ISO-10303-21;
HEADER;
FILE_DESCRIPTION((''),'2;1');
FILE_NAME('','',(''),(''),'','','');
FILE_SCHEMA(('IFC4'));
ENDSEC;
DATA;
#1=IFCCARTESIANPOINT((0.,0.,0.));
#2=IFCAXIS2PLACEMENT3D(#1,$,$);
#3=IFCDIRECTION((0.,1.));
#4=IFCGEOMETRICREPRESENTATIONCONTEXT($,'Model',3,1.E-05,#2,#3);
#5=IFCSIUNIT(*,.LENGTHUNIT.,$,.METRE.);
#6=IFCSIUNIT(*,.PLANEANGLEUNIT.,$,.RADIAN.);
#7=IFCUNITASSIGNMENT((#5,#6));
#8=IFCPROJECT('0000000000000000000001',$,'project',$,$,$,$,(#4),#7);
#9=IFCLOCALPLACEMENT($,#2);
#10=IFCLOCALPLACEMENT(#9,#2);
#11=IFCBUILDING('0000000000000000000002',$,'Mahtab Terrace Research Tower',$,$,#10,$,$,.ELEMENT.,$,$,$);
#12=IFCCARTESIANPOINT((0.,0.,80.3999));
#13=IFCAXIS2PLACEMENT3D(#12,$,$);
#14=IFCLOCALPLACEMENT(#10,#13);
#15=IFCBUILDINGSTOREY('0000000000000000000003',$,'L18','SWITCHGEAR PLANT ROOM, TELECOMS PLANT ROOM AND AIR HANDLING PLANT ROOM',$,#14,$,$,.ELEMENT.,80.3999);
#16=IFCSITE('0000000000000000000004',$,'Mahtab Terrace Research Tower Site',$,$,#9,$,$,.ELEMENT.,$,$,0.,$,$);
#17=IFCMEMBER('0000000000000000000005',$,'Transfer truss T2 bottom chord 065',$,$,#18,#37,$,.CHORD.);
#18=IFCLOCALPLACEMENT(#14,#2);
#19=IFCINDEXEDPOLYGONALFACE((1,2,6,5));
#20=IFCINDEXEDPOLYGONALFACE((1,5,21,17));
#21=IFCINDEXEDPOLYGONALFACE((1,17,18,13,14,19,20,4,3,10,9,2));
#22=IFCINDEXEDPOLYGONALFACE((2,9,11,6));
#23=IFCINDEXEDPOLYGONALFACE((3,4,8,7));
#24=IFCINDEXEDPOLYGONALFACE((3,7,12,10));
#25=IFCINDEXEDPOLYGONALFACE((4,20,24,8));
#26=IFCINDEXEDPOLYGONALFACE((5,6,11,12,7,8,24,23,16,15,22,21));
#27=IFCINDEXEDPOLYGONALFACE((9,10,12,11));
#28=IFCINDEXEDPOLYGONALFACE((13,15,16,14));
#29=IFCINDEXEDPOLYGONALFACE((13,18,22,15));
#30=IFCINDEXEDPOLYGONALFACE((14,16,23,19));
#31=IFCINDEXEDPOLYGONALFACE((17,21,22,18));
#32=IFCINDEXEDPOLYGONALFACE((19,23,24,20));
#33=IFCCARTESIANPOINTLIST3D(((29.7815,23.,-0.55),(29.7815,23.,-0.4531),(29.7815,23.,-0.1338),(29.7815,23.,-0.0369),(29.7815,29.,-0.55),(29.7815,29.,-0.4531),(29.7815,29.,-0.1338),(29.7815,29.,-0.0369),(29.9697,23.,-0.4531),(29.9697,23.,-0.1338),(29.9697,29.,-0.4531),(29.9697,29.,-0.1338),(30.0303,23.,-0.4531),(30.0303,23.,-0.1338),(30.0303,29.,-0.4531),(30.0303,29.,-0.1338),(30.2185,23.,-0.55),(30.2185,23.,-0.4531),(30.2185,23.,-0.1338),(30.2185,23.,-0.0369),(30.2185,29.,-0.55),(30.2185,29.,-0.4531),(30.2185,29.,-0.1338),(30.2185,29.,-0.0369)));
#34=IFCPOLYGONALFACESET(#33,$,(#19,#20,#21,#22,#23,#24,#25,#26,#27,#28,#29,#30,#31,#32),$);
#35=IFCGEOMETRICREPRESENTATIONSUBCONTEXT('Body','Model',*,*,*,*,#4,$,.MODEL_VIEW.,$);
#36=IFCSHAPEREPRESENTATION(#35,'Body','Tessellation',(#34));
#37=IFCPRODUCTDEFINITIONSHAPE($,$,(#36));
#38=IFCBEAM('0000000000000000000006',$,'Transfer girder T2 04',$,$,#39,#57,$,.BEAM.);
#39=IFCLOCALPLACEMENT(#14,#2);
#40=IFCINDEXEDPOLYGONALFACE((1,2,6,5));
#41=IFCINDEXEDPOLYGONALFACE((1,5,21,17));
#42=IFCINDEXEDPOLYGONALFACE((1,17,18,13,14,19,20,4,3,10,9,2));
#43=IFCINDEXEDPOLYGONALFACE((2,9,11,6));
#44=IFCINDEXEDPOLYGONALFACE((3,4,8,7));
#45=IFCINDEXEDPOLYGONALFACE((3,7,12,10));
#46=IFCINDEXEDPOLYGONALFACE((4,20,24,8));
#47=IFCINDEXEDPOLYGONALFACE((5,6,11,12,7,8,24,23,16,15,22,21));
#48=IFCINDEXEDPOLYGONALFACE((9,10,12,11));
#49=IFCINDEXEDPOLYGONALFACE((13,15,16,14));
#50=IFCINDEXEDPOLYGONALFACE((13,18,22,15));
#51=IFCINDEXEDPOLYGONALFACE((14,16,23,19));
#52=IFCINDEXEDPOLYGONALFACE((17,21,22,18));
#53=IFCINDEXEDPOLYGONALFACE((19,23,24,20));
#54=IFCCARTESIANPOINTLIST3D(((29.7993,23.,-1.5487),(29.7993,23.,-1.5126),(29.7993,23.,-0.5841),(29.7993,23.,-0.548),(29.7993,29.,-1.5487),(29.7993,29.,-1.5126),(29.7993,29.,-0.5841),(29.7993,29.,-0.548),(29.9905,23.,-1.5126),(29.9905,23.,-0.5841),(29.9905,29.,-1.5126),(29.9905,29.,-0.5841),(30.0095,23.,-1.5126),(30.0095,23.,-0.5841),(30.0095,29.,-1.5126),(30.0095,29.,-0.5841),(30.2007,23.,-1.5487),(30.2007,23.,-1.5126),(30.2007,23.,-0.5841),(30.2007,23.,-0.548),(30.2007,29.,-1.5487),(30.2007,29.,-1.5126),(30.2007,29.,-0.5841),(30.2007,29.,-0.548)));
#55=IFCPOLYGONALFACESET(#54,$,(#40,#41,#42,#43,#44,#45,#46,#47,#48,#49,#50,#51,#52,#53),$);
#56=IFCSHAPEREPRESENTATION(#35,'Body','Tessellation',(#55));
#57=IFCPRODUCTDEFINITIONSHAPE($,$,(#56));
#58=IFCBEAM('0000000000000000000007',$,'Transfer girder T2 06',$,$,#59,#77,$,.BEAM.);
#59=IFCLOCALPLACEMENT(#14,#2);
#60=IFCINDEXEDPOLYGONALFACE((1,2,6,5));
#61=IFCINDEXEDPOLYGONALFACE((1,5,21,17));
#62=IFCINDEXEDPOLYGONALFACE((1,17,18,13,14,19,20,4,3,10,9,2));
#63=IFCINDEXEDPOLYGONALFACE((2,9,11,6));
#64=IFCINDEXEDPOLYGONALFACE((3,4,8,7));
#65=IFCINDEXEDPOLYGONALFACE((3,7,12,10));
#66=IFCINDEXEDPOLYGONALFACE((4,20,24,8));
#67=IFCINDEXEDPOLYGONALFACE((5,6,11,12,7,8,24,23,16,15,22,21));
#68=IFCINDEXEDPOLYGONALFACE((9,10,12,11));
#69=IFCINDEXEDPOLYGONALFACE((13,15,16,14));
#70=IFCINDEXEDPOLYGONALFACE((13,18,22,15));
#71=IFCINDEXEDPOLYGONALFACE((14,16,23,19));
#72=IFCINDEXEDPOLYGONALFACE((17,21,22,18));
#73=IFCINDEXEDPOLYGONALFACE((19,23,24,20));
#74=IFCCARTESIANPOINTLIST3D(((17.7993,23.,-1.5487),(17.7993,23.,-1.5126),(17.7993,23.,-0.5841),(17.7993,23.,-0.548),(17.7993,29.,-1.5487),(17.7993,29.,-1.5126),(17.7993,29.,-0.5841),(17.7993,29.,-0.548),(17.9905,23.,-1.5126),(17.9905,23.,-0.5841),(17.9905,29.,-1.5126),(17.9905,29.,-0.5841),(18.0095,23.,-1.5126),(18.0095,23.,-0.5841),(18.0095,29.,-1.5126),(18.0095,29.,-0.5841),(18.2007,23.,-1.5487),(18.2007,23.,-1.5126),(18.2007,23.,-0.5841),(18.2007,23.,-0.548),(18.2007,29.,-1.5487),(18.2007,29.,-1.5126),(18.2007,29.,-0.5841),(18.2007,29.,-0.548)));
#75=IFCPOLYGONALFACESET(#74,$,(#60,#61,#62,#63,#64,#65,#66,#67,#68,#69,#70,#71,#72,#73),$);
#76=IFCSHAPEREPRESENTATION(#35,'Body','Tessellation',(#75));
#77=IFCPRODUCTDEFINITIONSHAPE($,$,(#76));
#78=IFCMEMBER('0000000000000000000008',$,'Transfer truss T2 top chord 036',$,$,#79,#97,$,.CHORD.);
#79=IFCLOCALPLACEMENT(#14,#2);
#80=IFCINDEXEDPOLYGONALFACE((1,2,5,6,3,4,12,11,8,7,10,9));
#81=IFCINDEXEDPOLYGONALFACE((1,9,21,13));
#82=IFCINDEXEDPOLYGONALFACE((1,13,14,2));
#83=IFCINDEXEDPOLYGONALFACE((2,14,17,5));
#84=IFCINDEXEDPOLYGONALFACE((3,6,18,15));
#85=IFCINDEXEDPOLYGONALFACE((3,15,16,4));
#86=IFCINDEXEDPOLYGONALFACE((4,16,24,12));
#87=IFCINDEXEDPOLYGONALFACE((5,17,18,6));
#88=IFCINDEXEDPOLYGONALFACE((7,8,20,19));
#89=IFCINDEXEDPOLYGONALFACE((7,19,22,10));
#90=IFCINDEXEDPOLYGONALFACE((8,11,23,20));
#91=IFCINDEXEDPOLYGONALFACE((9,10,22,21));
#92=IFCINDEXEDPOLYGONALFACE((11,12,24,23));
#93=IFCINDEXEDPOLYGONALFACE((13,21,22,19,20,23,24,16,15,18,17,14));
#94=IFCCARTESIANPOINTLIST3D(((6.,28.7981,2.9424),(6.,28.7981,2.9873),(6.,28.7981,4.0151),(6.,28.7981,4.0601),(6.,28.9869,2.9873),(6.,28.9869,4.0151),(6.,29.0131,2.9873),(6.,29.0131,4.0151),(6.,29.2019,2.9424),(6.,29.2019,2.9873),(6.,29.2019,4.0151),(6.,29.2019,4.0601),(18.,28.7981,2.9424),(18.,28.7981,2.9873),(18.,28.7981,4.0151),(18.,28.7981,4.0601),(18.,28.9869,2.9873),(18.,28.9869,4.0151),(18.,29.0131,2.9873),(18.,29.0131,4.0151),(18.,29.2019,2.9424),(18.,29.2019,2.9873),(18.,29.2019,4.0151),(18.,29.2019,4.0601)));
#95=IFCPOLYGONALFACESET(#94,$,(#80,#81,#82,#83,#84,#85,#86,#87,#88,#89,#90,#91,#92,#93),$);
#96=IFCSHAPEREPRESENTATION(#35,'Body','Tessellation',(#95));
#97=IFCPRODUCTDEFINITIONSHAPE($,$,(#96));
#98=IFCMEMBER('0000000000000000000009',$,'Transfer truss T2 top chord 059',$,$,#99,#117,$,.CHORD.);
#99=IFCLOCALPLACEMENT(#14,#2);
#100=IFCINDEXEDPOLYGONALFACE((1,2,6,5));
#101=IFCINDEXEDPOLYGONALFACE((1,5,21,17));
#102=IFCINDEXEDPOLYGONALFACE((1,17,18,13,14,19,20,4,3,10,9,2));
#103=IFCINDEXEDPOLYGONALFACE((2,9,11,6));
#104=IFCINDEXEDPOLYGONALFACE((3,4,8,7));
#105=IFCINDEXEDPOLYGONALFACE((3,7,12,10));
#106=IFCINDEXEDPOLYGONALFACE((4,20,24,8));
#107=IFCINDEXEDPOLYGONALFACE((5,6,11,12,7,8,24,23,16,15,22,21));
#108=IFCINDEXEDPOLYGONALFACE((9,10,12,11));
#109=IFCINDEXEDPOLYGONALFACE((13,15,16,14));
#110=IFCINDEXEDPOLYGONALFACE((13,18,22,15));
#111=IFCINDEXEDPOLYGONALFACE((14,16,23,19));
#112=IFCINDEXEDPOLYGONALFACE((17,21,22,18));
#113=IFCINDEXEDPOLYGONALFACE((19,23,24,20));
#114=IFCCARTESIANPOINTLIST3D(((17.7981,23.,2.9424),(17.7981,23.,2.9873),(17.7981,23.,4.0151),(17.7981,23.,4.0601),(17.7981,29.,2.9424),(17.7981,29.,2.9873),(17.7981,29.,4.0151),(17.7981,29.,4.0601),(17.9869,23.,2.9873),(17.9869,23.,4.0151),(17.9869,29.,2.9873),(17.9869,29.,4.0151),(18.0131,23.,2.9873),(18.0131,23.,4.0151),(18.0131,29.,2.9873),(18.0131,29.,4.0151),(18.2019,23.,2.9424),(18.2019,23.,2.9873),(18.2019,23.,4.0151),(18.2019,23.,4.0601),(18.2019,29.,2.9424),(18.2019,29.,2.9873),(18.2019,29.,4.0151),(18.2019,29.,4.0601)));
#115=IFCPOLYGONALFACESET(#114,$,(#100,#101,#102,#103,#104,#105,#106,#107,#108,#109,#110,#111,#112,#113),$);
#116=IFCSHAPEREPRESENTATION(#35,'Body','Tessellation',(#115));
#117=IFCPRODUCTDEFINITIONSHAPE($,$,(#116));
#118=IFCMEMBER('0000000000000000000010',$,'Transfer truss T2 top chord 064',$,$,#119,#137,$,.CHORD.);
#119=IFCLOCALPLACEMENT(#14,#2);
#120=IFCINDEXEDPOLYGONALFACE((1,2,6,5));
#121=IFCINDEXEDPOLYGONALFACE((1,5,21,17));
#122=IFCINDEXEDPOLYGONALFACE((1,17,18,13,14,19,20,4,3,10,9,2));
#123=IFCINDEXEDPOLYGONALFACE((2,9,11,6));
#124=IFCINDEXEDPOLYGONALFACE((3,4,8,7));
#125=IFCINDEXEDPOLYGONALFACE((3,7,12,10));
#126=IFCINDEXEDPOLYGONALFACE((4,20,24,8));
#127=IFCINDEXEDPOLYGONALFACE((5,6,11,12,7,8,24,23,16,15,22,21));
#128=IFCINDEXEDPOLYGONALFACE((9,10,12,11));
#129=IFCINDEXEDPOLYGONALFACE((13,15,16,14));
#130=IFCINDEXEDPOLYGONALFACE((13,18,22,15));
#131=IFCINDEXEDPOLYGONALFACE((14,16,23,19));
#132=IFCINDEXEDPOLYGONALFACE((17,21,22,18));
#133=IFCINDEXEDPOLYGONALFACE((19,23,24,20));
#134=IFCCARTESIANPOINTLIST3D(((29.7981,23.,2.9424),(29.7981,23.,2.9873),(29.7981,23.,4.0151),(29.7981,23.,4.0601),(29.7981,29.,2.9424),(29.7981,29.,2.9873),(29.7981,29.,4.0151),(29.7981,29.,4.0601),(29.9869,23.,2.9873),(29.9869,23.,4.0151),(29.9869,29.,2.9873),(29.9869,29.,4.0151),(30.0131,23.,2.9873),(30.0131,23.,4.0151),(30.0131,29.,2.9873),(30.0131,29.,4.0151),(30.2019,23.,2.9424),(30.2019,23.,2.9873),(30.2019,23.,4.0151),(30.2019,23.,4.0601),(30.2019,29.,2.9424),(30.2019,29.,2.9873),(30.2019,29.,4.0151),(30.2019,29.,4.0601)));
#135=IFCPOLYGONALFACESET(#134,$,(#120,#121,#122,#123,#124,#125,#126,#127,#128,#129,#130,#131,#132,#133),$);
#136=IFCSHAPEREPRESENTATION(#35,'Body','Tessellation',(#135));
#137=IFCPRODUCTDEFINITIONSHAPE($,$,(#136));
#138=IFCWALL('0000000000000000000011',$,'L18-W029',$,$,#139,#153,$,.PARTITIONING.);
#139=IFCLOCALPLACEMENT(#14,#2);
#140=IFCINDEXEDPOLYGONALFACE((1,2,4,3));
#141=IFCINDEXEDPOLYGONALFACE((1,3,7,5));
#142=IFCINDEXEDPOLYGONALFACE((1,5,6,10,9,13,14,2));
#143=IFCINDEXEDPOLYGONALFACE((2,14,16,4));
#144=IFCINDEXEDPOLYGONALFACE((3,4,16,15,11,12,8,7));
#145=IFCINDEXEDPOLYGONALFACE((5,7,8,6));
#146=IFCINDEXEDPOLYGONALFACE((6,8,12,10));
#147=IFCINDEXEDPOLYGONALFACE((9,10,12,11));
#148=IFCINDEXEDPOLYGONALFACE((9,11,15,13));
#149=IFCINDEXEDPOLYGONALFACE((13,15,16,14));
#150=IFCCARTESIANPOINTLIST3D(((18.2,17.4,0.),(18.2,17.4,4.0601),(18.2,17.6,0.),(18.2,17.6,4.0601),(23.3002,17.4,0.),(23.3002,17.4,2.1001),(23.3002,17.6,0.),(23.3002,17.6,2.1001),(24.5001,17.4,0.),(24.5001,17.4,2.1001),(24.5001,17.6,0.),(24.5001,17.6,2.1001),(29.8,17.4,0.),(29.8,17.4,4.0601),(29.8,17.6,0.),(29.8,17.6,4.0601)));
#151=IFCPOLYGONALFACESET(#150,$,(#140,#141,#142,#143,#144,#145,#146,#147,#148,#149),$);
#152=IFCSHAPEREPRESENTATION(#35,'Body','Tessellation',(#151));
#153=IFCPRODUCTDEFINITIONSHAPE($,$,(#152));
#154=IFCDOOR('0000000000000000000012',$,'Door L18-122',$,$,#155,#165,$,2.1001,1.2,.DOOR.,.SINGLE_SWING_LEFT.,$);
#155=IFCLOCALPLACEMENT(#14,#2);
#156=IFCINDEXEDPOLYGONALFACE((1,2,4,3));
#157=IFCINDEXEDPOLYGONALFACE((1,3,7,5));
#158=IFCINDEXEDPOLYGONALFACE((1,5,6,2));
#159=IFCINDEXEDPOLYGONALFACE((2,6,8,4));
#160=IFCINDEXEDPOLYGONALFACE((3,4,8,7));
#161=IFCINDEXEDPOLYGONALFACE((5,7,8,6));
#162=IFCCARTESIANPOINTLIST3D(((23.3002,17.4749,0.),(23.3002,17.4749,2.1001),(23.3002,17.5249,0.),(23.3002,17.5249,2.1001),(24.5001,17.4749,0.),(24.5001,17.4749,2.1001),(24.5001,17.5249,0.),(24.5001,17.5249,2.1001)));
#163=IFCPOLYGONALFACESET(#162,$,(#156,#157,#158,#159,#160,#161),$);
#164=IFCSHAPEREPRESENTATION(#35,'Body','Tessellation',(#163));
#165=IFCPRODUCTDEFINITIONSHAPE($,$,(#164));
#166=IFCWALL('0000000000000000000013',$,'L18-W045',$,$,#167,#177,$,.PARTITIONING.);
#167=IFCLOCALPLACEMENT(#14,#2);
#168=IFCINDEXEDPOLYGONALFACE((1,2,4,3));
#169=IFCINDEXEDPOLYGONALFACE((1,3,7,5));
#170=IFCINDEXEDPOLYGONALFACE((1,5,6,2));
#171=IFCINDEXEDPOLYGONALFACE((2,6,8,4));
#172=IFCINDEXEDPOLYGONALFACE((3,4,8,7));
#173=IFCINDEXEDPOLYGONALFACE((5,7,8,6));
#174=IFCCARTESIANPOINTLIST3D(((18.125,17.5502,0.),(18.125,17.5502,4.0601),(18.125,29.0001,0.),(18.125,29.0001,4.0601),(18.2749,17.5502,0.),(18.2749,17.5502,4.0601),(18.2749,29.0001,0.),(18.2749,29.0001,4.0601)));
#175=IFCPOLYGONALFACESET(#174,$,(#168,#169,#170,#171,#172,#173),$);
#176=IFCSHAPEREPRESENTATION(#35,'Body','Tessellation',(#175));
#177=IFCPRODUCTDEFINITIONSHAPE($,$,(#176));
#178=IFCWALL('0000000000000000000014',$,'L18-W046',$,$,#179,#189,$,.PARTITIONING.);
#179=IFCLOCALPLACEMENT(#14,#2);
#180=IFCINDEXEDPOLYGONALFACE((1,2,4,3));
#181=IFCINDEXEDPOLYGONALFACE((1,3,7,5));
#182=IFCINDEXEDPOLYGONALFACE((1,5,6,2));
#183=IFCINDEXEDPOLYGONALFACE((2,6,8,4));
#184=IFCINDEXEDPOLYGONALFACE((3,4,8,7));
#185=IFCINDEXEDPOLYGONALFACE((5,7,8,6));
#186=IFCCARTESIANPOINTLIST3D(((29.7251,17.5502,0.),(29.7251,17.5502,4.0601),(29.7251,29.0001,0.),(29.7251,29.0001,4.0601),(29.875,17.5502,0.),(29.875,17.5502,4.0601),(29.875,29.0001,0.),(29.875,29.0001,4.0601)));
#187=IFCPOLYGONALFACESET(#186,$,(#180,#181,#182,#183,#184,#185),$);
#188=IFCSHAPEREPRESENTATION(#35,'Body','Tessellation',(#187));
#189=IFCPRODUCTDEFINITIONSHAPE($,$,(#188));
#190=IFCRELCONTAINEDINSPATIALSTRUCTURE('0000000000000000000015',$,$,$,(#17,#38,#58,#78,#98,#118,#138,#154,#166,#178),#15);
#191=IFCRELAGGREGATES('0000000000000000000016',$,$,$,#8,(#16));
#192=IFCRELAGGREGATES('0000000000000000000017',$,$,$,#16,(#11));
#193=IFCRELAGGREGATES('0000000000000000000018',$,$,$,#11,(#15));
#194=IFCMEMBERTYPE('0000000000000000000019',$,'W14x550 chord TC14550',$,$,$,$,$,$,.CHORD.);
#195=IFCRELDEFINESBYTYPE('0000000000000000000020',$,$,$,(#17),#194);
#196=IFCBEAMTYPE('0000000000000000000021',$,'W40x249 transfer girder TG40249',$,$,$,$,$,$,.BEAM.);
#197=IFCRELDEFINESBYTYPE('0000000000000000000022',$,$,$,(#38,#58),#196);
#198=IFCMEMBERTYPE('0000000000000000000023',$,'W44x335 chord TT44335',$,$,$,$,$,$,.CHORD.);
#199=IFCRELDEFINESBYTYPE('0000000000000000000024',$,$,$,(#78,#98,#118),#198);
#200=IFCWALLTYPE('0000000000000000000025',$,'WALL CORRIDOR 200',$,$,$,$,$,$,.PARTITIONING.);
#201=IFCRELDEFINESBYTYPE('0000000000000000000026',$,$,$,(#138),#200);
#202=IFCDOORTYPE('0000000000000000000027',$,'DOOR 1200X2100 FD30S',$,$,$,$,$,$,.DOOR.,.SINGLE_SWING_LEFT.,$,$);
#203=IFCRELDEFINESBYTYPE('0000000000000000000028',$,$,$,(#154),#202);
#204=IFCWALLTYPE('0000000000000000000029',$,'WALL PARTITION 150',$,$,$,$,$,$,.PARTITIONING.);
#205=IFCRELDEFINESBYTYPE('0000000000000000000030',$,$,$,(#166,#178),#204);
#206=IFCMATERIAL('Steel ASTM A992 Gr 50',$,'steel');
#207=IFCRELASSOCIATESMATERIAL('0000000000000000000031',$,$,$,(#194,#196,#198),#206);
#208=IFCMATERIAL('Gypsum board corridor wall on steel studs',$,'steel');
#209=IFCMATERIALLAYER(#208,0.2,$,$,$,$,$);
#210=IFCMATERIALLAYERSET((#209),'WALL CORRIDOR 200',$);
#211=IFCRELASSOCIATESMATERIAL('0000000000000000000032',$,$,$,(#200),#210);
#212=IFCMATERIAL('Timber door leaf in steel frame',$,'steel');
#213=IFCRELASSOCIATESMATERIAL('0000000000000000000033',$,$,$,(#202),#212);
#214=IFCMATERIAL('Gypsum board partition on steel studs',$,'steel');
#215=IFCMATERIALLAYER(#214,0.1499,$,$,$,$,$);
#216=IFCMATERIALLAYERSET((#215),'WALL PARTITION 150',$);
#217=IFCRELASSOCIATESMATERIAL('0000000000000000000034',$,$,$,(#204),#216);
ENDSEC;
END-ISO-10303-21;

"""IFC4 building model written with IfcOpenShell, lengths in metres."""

from ifc_helpers import new_model, si_unit, direction, frame, frame_2d, origin, origin_2d, place, context, subcontext, project, spatial, rectangle, i_section, extrude, material, layer, layer_set, material_profile, profile_set, type_object, element, fill, save


model = new_model("IFC4")

# Units and contexts
model_context = context("Model", 3, precision=1e-05, world=origin(), true_north=direction((0.0, 1.0)))
body_context = subcontext(model_context, "Body", "Model", "MODEL_VIEW")
ifc_project = project(units=[si_unit("LENGTHUNIT", "METRE"), si_unit("PLANEANGLEUNIT", "RADIAN")], contexts=[model_context])

# Site, building, storey
site_placement = place(None, origin())
site = spatial("IfcSite", under=ifc_project, at=site_placement, Name="Mahtab Terrace Research Tower Site", CompositionType="ELEMENT", RefElevation=0.0)
building_placement = place(site_placement, origin())
building = spatial("IfcBuilding", under=site, at=building_placement, Name="Mahtab Terrace Research Tower", CompositionType="ELEMENT")
storey_placement = place(building_placement, frame((0.0, 0.0, 80.3999)))
storey = spatial("IfcBuildingStorey", under=building, at=storey_placement, Name="L18", Description="SWITCHGEAR PLANT ROOM, TELECOMS PLANT ROOM AND AIR HANDLING PLANT ROOM", CompositionType="ELEMENT", Elevation=80.3999)

# Shared definitions
ifc_material_1 = material(Name="Steel ASTM A992 Gr 50", Category="steel")

# Member
ifc_material_profile_1 = material_profile(ifc_material_1, i_section(OverallWidth=0.437, OverallDepth=0.5132, WebThickness=0.0605, FlangeThickness=0.0969, at=origin_2d()), Name="W14X550")
ifc_profile_set_1 = profile_set([ifc_material_profile_1], Name="Steel ASTM A992 Gr 50")
member_type_1 = type_object("IfcMemberType", Name="W14x550 chord TC14550", PredefinedType="CHORD", material=ifc_profile_set_1)
member_1_placement = place(storey_placement, frame((30.0, 23.0, -0.2935), z_axis=(0.0, 1.0, 0.0), x_axis=(-1.0, 0.0, 0.0)))
element("IfcMember", 1, at=member_1_placement, inside=storey, type_object=member_type_1, Name="Transfer truss T2 bottom chord 065", PredefinedType="CHORD", context=body_context, shape_type="SweptSolid", body=[
    extrude(i_section(OverallWidth=0.437, OverallDepth=0.5132, WebThickness=0.0605, FlangeThickness=0.0969, at=origin_2d()), origin(), (0.0, 0.0, 1.0), 6.0),
])

# Beams
ifc_material_profile_2 = material_profile(ifc_material_1, i_section(OverallWidth=0.4014, OverallDepth=1.0007, WebThickness=0.019, FlangeThickness=0.0361, at=origin_2d()), Name="W40X249")
ifc_profile_set_2 = profile_set([ifc_material_profile_2], Name="Steel ASTM A992 Gr 50")
beam_type = type_object("IfcBeamType", Name="W40x249 transfer girder TG40249", PredefinedType="BEAM", material=ifc_profile_set_2)
for number, where, z_axis, x_axis, name in (
    (2, (30.0, 23.0, -1.0483), (0.0, 1.0, 0.0), (-1.0, 0.0, 0.0), "Transfer girder T2 04"),
    (3, (18.0, 23.0, -1.0483), (0.0, 1.0, 0.0), (-1.0, 0.0, 0.0), "Transfer girder T2 06"),
):
    element("IfcBeam", number, at=place(storey_placement, frame(where, z_axis=z_axis, x_axis=x_axis)), inside=storey, type_object=beam_type, Name=name, PredefinedType="BEAM", context=body_context, shape_type="SweptSolid", body=[
        extrude(i_section(OverallWidth=0.4014, OverallDepth=1.0007, WebThickness=0.019, FlangeThickness=0.0361, at=origin_2d()), origin(), (0.0, 0.0, 1.0), 6.0),
    ])

# Members
ifc_material_profile_3 = material_profile(ifc_material_1, i_section(OverallWidth=0.4038, OverallDepth=1.1177, WebThickness=0.0261, FlangeThickness=0.0449, at=origin_2d()), Name="W44X335")
ifc_profile_set_3 = profile_set([ifc_material_profile_3], Name="Steel ASTM A992 Gr 50")
member_type_2 = type_object("IfcMemberType", Name="W44x335 chord TT44335", PredefinedType="CHORD", material=ifc_profile_set_3)
member_2_placement = place(storey_placement, frame((18.0, 29.0, 3.5012), z_axis=(-1.0, 0.0, 0.0), x_axis=(0.0, -1.0, 0.0)))
element("IfcMember", 4, at=member_2_placement, inside=storey, type_object=member_type_2, Name="Transfer truss T2 top chord 036", PredefinedType="CHORD", context=body_context, shape_type="SweptSolid", body=[
    extrude(i_section(OverallWidth=0.4038, OverallDepth=1.1177, WebThickness=0.0261, FlangeThickness=0.0449, at=origin_2d()), origin(), (0.0, 0.0, 1.0), 12.0),
])
for number, where, z_axis, x_axis, name in (
    (5, (18.0, 23.0, 3.5012), (0.0, 1.0, 0.0), (-1.0, 0.0, 0.0), "Transfer truss T2 top chord 059"),
    (6, (30.0, 23.0, 3.5012), (0.0, 1.0, 0.0), (-1.0, 0.0, 0.0), "Transfer truss T2 top chord 064"),
):
    element("IfcMember", number, at=place(storey_placement, frame(where, z_axis=z_axis, x_axis=x_axis)), inside=storey, type_object=member_type_2, Name=name, PredefinedType="CHORD", context=body_context, shape_type="SweptSolid", body=[
        extrude(i_section(OverallWidth=0.4038, OverallDepth=1.1177, WebThickness=0.0261, FlangeThickness=0.0449, at=origin_2d()), origin(), (0.0, 0.0, 1.0), 6.0),
    ])

# Wall, opening, door
ifc_material_2 = material(Name="Gypsum board corridor wall on steel studs", Category="steel")
ifc_layer_1 = layer(ifc_material_2, 0.2)
ifc_layer_set_1 = layer_set([ifc_layer_1], Name="WALL CORRIDOR 200")
wall_type_1 = type_object("IfcWallType", Name="WALL CORRIDOR 200", PredefinedType="PARTITIONING", material=ifc_layer_set_1)
wall_placement = place(storey_placement, frame((18.2, 17.5, 0.0), z_axis=(0.0, 0.0, 1.0), x_axis=(1.0, 0.0, 0.0)))
wall = element("IfcWall", 7, at=wall_placement, inside=storey, type_object=wall_type_1, Name="L18-W029", PredefinedType="PARTITIONING", context=body_context, shape_type="SweptSolid", body=[
    extrude(rectangle(XDim=11.6001, YDim=0.2, at=frame_2d((5.8, 0.0))), origin(), (0.0, 0.0, 1.0), 4.0601),
])
opening_placement = place(wall_placement, frame((5.1001, 0.0, 0.0)))
opening = element("IfcOpeningElement", 8, at=opening_placement, cuts=wall, PredefinedType="OPENING", context=body_context, shape_type="SweptSolid", body=[
    extrude(rectangle(XDim=1.2, YDim=2.1001, at=frame_2d((0.6001, 1.05))), frame((0.0, 0.1099, 0.0), z_axis=(0.0, -1.0, 0.0), x_axis=(1.0, 0.0, 0.0)), (0.0, 0.0, 1.0), 0.22),
])
ifc_material_3 = material(Name="Timber door leaf in steel frame", Category="steel")
door_type = type_object("IfcDoorType", Name="DOOR 1200X2100 FD30S", OperationType="SINGLE_SWING_LEFT", PredefinedType="DOOR", material=ifc_material_3)
door_placement = place(opening_placement, origin())
door = element("IfcDoor", 9, at=door_placement, inside=storey, type_object=door_type, Name="Door L18-122", OperationType="SINGLE_SWING_LEFT", OverallHeight=2.1001, OverallWidth=1.2, PredefinedType="DOOR", context=body_context, shape_type="SweptSolid", body=[
    extrude(rectangle(XDim=1.2, YDim=2.1001, at=frame_2d((0.6001, 1.05))), frame((0.0, 0.0249, 0.0), z_axis=(0.0, -1.0, 0.0), x_axis=(1.0, 0.0, 0.0)), (0.0, 0.0, 1.0), 0.05),
])
fill(opening, door)

# Walls
ifc_material_4 = material(Name="Gypsum board partition on steel studs", Category="steel")
ifc_layer_2 = layer(ifc_material_4, 0.1499)
ifc_layer_set_2 = layer_set([ifc_layer_2], Name="WALL PARTITION 150")
wall_type_2 = type_object("IfcWallType", Name="WALL PARTITION 150", PredefinedType="PARTITIONING", material=ifc_layer_set_2)
for number, where, z_axis, x_axis, name in (
    (10, (18.2, 17.55, 0.0), (0.0, 0.0, 1.0), (0.0, 1.0, 0.0), "L18-W045"),
    (11, (29.8, 17.55, 0.0), (0.0, 0.0, 1.0), (0.0, 1.0, 0.0), "L18-W046"),
):
    element("IfcWall", number, at=place(storey_placement, frame(where, z_axis=z_axis, x_axis=x_axis)), inside=storey, type_object=wall_type_2, Name=name, PredefinedType="PARTITIONING", context=body_context, shape_type="SweptSolid", body=[
        extrude(rectangle(XDim=11.45, YDim=0.1499, at=frame_2d((5.7251, 0.0))), origin(), (0.0, 0.0, 1.0), 4.0601),
    ])

save(model, "model.ifc")
